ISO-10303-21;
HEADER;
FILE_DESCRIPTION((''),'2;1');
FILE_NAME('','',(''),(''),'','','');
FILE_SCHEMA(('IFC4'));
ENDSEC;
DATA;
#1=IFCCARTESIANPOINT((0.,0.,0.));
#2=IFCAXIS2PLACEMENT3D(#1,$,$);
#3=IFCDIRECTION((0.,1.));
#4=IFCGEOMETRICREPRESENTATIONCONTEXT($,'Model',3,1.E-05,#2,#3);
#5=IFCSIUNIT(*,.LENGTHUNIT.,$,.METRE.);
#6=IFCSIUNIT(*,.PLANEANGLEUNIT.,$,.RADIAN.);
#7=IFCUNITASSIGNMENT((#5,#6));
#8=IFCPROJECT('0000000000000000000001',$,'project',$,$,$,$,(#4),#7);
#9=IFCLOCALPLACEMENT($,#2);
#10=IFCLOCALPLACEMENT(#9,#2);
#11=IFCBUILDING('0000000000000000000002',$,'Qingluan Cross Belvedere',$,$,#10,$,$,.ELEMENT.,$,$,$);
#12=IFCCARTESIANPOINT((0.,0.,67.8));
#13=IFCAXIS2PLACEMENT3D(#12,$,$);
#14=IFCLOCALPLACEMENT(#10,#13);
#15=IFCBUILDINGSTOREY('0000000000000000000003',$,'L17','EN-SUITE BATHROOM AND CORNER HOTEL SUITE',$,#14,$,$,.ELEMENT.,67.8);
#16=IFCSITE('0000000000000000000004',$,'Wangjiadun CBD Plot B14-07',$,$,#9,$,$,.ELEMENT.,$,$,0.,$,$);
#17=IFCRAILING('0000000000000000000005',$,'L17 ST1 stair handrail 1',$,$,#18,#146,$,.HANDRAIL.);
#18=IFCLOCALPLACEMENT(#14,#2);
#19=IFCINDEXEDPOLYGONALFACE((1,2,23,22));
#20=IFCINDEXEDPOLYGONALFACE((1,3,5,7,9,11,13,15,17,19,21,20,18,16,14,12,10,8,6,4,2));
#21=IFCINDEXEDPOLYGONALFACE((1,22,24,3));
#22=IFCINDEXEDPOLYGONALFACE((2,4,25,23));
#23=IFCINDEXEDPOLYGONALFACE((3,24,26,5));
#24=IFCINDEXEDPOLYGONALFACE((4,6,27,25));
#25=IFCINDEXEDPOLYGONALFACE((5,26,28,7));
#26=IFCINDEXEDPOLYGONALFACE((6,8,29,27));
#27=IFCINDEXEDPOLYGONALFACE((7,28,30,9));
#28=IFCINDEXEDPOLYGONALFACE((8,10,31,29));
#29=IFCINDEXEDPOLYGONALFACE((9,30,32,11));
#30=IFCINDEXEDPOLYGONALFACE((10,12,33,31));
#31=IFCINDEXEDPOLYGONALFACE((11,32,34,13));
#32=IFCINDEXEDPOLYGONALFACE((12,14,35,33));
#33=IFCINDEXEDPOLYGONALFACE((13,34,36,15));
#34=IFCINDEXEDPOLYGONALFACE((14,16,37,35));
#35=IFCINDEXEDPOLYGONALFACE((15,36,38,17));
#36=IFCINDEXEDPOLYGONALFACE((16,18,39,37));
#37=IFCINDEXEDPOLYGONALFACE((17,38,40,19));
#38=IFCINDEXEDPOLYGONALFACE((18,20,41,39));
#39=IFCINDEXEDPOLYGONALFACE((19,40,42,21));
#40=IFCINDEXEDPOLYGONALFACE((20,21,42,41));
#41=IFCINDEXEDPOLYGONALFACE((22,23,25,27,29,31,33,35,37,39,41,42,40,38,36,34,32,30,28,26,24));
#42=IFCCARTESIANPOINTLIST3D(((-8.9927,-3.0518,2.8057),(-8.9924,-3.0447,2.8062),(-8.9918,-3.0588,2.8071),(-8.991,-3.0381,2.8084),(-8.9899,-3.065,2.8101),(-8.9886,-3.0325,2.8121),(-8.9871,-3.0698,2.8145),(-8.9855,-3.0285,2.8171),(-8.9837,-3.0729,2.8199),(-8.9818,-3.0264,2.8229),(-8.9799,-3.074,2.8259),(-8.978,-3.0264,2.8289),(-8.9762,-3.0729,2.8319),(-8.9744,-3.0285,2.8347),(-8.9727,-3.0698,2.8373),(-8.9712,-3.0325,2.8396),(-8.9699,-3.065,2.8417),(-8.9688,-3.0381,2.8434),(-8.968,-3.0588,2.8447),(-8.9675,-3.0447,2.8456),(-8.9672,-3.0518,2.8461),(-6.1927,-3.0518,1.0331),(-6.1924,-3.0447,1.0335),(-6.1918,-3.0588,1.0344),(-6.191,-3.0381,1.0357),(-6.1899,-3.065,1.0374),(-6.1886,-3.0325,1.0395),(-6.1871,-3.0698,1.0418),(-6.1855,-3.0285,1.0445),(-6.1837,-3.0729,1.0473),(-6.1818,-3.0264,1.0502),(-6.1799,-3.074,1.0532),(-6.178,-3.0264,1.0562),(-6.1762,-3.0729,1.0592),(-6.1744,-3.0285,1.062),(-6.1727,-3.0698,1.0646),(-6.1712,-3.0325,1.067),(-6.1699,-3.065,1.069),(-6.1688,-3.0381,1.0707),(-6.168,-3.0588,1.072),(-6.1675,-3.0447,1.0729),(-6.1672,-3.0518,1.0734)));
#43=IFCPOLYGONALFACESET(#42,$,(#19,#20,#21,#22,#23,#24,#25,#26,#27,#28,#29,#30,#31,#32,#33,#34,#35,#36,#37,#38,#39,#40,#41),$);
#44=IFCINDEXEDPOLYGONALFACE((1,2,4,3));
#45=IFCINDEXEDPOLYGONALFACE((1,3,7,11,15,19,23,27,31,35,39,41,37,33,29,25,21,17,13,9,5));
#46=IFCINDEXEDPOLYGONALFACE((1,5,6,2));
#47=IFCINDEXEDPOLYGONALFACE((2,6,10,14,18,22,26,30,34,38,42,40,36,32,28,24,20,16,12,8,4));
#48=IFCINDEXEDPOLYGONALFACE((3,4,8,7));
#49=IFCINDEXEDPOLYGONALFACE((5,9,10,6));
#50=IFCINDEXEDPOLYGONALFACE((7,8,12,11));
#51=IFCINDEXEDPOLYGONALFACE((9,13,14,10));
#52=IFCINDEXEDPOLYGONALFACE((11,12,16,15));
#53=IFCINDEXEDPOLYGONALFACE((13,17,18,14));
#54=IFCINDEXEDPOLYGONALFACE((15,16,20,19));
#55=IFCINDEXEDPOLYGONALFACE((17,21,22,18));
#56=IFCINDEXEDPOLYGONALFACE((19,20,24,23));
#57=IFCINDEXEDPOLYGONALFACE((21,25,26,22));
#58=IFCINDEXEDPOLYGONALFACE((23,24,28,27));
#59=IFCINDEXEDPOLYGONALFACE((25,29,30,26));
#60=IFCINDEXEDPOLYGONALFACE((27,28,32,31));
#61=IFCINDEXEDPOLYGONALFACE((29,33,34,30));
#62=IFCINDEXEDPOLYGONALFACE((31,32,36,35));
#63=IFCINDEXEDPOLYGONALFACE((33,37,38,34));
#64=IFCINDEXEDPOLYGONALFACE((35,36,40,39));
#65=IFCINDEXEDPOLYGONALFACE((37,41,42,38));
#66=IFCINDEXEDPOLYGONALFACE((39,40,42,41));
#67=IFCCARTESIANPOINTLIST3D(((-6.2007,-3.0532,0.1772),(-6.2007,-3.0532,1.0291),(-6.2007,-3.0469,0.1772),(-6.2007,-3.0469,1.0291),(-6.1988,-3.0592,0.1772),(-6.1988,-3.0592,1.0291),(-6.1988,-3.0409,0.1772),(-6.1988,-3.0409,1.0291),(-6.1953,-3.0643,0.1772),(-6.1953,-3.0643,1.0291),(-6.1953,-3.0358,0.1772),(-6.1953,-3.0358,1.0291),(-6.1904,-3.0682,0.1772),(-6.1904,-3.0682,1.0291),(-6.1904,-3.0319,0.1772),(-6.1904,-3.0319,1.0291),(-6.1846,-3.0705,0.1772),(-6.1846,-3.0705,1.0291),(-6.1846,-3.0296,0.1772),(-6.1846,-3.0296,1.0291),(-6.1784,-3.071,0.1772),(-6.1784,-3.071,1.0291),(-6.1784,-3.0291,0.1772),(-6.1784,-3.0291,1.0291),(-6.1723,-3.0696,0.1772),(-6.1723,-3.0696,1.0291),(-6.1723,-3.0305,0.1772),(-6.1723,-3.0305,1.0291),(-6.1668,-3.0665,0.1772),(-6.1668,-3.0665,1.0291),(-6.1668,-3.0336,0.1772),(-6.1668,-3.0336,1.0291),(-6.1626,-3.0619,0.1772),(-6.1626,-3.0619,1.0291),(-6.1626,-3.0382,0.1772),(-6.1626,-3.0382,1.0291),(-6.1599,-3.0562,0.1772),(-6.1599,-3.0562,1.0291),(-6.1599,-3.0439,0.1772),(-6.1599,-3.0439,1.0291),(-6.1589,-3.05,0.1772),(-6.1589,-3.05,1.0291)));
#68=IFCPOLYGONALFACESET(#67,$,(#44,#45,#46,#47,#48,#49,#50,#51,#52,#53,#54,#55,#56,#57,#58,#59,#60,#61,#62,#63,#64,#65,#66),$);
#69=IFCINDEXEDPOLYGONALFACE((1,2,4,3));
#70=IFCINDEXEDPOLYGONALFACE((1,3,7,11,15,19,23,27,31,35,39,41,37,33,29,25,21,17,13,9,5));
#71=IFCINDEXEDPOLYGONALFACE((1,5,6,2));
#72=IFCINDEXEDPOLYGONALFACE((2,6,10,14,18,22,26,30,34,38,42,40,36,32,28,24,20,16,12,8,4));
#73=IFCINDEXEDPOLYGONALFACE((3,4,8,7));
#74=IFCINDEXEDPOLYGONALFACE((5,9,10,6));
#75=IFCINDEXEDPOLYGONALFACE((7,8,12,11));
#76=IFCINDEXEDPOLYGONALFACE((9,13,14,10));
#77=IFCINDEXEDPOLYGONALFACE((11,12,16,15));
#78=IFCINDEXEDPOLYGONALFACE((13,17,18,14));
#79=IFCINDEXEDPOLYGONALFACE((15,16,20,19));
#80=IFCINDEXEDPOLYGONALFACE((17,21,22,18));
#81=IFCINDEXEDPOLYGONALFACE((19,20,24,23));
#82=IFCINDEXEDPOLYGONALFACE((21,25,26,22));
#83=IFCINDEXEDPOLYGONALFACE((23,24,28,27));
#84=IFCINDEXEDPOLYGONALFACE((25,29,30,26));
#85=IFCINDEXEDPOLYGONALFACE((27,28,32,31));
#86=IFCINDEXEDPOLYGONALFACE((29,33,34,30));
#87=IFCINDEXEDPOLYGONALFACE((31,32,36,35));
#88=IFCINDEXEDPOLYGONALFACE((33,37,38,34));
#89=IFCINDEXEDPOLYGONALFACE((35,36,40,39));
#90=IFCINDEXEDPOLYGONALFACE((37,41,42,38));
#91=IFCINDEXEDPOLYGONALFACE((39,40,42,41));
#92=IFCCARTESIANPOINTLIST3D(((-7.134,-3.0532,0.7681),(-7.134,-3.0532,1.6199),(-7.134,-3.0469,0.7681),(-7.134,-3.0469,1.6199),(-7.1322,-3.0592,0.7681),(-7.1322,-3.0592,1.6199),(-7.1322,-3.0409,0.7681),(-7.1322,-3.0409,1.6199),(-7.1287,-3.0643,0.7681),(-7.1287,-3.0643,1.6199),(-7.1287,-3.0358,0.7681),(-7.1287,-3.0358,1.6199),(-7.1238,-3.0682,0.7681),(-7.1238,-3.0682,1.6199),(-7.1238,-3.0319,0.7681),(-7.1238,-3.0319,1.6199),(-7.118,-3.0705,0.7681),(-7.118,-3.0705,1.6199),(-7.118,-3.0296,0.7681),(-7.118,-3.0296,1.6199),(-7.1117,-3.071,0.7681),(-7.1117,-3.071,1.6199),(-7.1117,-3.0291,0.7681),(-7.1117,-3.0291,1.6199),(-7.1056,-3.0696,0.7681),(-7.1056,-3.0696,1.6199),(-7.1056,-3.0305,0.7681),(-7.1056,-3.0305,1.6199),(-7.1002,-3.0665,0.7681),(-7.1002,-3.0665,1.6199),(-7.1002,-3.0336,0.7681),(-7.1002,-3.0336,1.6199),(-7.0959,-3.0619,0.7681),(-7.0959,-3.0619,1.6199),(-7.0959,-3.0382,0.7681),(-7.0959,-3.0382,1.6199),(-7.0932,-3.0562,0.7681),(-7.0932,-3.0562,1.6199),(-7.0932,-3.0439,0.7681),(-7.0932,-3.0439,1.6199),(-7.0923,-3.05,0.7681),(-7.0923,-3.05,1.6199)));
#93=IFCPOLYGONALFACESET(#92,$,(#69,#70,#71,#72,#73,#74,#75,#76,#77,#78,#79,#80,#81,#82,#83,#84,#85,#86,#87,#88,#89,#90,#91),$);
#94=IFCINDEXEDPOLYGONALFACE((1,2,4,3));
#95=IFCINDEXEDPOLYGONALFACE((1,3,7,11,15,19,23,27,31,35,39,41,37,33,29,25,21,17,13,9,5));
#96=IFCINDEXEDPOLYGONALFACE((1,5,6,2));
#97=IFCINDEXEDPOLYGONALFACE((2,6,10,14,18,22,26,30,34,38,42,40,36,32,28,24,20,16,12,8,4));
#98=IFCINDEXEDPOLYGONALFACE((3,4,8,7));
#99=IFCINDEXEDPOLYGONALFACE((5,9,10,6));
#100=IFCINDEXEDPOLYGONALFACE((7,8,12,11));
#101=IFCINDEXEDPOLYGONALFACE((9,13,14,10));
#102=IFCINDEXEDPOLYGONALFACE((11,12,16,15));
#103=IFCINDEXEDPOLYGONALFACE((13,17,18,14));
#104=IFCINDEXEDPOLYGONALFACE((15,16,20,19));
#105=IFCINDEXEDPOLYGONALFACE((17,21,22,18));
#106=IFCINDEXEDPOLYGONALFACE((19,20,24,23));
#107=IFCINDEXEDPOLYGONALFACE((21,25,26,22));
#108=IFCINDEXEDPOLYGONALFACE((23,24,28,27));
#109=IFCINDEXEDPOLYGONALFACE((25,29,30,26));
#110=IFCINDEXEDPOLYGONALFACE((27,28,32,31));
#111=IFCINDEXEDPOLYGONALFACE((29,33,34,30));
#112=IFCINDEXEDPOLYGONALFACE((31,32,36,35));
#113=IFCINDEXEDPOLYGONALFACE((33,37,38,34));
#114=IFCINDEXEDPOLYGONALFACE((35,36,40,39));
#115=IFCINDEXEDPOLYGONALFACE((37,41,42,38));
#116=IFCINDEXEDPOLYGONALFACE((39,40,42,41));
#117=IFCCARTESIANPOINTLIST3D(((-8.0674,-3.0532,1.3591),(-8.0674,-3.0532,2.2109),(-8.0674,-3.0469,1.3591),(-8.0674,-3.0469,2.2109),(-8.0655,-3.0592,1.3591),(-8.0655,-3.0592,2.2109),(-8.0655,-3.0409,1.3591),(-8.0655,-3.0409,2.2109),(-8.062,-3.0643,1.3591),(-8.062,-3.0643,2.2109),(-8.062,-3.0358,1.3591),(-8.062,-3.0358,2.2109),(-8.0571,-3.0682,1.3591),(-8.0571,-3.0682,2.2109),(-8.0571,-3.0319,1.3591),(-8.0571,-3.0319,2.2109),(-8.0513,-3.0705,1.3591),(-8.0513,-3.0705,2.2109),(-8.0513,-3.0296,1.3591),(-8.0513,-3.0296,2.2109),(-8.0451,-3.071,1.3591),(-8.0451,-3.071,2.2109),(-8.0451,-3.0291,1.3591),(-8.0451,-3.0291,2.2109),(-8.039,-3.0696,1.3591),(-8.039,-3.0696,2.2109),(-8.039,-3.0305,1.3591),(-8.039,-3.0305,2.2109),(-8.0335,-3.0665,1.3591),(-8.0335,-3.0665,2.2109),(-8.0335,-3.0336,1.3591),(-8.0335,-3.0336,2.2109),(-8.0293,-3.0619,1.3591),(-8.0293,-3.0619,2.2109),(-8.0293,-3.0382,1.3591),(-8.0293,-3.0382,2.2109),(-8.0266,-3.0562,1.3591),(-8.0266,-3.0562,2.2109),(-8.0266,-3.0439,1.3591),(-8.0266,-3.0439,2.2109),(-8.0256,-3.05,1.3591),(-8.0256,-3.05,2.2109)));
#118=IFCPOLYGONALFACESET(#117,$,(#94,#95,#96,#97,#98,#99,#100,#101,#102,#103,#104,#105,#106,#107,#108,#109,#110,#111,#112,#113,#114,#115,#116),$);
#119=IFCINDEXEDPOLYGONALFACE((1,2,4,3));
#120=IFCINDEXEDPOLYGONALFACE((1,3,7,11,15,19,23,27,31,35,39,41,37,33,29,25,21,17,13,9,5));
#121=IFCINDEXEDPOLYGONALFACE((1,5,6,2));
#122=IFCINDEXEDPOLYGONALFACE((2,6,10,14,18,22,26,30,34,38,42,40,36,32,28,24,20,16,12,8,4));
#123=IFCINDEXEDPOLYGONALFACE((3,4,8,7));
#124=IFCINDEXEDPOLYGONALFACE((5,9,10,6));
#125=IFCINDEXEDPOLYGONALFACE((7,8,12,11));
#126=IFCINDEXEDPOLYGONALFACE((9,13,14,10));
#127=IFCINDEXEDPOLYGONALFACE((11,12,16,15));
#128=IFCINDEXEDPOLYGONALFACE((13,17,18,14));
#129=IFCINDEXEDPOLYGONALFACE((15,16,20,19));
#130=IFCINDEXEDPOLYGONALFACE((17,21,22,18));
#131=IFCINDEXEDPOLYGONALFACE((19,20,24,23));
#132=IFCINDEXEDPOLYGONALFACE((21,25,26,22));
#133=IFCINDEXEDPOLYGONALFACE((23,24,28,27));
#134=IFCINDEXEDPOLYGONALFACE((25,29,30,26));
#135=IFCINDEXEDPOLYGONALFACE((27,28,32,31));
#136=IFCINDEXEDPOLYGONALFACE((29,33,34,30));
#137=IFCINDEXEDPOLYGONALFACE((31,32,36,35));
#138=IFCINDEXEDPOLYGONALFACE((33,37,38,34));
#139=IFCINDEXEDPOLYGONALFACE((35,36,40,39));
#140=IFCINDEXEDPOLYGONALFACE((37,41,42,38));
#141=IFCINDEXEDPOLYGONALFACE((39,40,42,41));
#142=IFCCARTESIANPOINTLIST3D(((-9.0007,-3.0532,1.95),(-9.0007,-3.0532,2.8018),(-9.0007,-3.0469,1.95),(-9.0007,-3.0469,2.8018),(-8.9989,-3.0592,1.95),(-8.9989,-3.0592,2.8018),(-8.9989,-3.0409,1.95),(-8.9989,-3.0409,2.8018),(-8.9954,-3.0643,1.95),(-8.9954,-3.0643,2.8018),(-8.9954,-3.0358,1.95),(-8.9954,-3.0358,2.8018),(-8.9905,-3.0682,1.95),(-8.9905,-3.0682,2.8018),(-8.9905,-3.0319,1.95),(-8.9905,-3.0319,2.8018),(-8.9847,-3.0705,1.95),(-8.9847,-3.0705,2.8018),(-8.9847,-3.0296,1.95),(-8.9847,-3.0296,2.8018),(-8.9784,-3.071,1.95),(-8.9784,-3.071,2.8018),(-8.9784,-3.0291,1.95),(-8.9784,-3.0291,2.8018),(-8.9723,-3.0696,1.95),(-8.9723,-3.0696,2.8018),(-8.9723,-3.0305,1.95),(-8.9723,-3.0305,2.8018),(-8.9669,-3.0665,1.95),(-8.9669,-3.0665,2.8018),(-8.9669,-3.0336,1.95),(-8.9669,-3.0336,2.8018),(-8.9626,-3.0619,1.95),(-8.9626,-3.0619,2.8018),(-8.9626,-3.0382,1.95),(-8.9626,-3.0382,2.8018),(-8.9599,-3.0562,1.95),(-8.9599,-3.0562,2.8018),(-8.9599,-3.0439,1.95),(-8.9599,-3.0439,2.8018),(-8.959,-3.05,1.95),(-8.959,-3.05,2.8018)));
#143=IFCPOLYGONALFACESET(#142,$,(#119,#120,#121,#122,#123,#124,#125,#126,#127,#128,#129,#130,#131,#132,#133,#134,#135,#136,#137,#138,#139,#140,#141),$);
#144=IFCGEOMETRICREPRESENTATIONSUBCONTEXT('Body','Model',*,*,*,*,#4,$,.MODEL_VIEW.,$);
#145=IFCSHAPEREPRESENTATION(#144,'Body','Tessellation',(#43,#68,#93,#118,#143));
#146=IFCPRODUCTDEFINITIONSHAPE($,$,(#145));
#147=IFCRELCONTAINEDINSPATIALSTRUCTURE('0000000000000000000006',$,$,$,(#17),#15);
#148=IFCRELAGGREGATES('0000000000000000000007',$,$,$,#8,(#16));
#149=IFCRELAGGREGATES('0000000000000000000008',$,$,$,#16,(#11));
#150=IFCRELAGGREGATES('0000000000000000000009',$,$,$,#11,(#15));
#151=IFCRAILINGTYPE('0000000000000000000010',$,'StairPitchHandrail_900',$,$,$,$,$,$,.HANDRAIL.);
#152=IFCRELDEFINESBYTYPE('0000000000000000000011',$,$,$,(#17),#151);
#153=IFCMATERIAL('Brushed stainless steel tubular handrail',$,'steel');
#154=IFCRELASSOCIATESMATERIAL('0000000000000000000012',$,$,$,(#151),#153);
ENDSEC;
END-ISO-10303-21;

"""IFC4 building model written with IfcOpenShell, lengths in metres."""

from ifc_helpers import new_model, si_unit, direction, frame, origin, origin_2d, place, context, subcontext, project, spatial, circle, extrude, material, type_object, element, save


model = new_model("IFC4")

# Units and contexts
model_context = context("Model", 3, precision=1e-05, world=origin(), true_north=direction((0.0, 1.0)))
body_context = subcontext(model_context, "Body", "Model", "MODEL_VIEW")
ifc_project = project(units=[si_unit("LENGTHUNIT", "METRE"), si_unit("PLANEANGLEUNIT", "RADIAN")], contexts=[model_context])

# Site, building, storey
site_placement = place(None, origin())
site = spatial("IfcSite", under=ifc_project, at=site_placement, Name="Wangjiadun CBD Plot B14-07", CompositionType="ELEMENT", RefElevation=0.0)
building_placement = place(site_placement, origin())
building = spatial("IfcBuilding", under=site, at=building_placement, Name="Qingluan Cross Belvedere", CompositionType="ELEMENT")
storey_placement = place(building_placement, frame((0.0, 0.0, 67.8)))
storey = spatial("IfcBuildingStorey", under=building, at=storey_placement, Name="L17", Description="EN-SUITE BATHROOM AND CORNER HOTEL SUITE", CompositionType="ELEMENT", Elevation=67.8)

# Railing
ifc_material_1 = material(Name="Brushed stainless steel tubular handrail", Category="steel")
railing_type_1 = type_object("IfcRailingType", Name="StairPitchHandrail_900", PredefinedType="HANDRAIL", material=ifc_material_1)
railing_1_placement = place(storey_placement, frame((-6.1799, -3.05, 0.1772)))
element("IfcRailing", 1, at=railing_1_placement, inside=storey, type_object=railing_type_1, Name="L17 ST1 stair handrail 1", PredefinedType="HANDRAIL", context=body_context, shape_type="SweptSolid", body=[
    extrude(circle(Radius=0.0239, at=origin_2d()), frame((0.0, 0.0, 0.876), z_axis=(-0.844909, 0.0, 0.53491), x_axis=(0.0, -1.0, 0.0)), (0.0, 0.0, 1.0), 3.314),
    extrude(circle(Radius=0.021, at=origin_2d()), origin(), (0.0, 0.0, 1.0), 0.8518),
    extrude(circle(Radius=0.021, at=origin_2d()), frame((-0.9333, 0.0, 0.5908)), (0.0, 0.0, 1.0), 0.8518),
    extrude(circle(Radius=0.021, at=origin_2d()), frame((-1.8667, 0.0, 1.1819)), (0.0, 0.0, 1.0), 0.8518),
    extrude(circle(Radius=0.021, at=origin_2d()), frame((-2.8, 0.0, 1.7727)), (0.0, 0.0, 1.0), 0.8518),
])

save(model, "model.ifc")
